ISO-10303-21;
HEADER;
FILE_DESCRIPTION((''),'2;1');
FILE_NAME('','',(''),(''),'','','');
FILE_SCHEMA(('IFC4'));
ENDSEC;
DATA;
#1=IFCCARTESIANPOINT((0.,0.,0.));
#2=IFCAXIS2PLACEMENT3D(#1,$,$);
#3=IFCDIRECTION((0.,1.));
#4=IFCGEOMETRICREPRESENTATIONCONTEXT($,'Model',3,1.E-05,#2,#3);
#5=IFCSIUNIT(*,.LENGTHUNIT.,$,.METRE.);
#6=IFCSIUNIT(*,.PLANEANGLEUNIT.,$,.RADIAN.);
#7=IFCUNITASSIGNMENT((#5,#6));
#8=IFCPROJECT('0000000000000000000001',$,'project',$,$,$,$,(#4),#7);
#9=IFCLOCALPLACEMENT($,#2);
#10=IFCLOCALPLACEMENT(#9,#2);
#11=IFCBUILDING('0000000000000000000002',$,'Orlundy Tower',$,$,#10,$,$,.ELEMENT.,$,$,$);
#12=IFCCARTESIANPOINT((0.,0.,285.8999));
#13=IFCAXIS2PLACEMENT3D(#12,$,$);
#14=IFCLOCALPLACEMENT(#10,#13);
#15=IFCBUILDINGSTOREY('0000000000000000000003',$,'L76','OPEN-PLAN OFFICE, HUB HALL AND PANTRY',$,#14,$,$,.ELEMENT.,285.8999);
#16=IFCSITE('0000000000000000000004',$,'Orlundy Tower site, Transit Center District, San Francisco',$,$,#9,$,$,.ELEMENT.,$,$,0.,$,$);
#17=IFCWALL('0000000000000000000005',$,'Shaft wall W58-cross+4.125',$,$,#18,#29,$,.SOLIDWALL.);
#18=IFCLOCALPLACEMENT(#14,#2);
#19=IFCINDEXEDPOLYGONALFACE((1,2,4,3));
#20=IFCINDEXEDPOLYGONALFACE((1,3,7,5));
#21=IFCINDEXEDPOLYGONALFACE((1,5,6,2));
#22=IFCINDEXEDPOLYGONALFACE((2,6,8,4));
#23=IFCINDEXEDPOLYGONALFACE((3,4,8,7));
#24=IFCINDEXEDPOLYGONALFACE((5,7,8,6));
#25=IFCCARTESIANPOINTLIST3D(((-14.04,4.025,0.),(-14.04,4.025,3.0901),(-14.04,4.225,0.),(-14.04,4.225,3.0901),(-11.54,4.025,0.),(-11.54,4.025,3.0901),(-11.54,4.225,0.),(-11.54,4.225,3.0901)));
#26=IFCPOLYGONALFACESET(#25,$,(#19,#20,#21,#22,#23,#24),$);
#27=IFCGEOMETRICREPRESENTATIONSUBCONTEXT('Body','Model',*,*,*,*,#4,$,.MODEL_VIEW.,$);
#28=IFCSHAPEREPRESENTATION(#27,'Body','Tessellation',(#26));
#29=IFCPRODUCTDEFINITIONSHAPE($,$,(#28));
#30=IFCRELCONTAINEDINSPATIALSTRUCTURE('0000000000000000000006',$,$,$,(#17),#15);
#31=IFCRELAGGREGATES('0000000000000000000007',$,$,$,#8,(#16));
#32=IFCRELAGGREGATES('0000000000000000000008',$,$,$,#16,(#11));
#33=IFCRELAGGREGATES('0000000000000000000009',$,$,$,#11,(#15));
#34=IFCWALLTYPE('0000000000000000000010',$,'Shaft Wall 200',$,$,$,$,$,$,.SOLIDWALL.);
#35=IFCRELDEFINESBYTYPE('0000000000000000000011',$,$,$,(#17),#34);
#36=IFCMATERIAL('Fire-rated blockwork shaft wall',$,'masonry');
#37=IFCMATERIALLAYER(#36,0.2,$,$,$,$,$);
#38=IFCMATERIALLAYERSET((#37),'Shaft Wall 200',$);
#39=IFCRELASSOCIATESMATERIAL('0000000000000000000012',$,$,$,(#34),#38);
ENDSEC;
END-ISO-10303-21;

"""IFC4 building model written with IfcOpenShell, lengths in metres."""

from ifc_helpers import new_model, si_unit, direction, frame, frame_2d, origin, place, context, subcontext, project, spatial, rectangle, extrude, material, layer, layer_set, type_object, element, save


model = new_model("IFC4")

# Units and contexts
model_context = context("Model", 3, precision=1e-05, world=origin(), true_north=direction((0.0, 1.0)))
body_context = subcontext(model_context, "Body", "Model", "MODEL_VIEW")
ifc_project = project(units=[si_unit("LENGTHUNIT", "METRE"), si_unit("PLANEANGLEUNIT", "RADIAN")], contexts=[model_context])

# Site, building, storey
site_placement = place(None, origin())
site = spatial("IfcSite", under=ifc_project, at=site_placement, Name="Orlundy Tower site, Transit Center District, San Francisco", CompositionType="ELEMENT", RefElevation=0.0)
building_placement = place(site_placement, origin())
building = spatial("IfcBuilding", under=site, at=building_placement, Name="Orlundy Tower", CompositionType="ELEMENT")
storey_placement = place(building_placement, frame((0.0, 0.0, 285.8999)))
storey = spatial("IfcBuildingStorey", under=building, at=storey_placement, Name="L76", Description="OPEN-PLAN OFFICE, HUB HALL AND PANTRY", CompositionType="ELEMENT", Elevation=285.8999)

# Wall
ifc_material_1 = material(Name="Fire-rated blockwork shaft wall", Category="masonry")
ifc_layer_1 = layer(ifc_material_1, 0.2)
ifc_layer_set_1 = layer_set([ifc_layer_1], Name="Shaft Wall 200")
wall_type_1 = type_object("IfcWallType", Name="Shaft Wall 200", PredefinedType="SOLIDWALL", material=ifc_layer_set_1)
wall_1_placement = place(storey_placement, frame((-11.54, 4.125, 0.0), z_axis=(0.0, 0.0, 1.0), x_axis=(-1.0, 0.0, 0.0)))
element("IfcWall", 1, at=wall_1_placement, inside=storey, type_object=wall_type_1, Name="Shaft wall W58-cross+4.125", PredefinedType="SOLIDWALL", context=body_context, shape_type="SweptSolid", body=[
    extrude(rectangle(XDim=2.5, YDim=0.2, at=frame_2d((1.25, 0.0))), origin(), (0.0, 0.0, 1.0), 3.0901),
])

save(model, "model.ifc")
